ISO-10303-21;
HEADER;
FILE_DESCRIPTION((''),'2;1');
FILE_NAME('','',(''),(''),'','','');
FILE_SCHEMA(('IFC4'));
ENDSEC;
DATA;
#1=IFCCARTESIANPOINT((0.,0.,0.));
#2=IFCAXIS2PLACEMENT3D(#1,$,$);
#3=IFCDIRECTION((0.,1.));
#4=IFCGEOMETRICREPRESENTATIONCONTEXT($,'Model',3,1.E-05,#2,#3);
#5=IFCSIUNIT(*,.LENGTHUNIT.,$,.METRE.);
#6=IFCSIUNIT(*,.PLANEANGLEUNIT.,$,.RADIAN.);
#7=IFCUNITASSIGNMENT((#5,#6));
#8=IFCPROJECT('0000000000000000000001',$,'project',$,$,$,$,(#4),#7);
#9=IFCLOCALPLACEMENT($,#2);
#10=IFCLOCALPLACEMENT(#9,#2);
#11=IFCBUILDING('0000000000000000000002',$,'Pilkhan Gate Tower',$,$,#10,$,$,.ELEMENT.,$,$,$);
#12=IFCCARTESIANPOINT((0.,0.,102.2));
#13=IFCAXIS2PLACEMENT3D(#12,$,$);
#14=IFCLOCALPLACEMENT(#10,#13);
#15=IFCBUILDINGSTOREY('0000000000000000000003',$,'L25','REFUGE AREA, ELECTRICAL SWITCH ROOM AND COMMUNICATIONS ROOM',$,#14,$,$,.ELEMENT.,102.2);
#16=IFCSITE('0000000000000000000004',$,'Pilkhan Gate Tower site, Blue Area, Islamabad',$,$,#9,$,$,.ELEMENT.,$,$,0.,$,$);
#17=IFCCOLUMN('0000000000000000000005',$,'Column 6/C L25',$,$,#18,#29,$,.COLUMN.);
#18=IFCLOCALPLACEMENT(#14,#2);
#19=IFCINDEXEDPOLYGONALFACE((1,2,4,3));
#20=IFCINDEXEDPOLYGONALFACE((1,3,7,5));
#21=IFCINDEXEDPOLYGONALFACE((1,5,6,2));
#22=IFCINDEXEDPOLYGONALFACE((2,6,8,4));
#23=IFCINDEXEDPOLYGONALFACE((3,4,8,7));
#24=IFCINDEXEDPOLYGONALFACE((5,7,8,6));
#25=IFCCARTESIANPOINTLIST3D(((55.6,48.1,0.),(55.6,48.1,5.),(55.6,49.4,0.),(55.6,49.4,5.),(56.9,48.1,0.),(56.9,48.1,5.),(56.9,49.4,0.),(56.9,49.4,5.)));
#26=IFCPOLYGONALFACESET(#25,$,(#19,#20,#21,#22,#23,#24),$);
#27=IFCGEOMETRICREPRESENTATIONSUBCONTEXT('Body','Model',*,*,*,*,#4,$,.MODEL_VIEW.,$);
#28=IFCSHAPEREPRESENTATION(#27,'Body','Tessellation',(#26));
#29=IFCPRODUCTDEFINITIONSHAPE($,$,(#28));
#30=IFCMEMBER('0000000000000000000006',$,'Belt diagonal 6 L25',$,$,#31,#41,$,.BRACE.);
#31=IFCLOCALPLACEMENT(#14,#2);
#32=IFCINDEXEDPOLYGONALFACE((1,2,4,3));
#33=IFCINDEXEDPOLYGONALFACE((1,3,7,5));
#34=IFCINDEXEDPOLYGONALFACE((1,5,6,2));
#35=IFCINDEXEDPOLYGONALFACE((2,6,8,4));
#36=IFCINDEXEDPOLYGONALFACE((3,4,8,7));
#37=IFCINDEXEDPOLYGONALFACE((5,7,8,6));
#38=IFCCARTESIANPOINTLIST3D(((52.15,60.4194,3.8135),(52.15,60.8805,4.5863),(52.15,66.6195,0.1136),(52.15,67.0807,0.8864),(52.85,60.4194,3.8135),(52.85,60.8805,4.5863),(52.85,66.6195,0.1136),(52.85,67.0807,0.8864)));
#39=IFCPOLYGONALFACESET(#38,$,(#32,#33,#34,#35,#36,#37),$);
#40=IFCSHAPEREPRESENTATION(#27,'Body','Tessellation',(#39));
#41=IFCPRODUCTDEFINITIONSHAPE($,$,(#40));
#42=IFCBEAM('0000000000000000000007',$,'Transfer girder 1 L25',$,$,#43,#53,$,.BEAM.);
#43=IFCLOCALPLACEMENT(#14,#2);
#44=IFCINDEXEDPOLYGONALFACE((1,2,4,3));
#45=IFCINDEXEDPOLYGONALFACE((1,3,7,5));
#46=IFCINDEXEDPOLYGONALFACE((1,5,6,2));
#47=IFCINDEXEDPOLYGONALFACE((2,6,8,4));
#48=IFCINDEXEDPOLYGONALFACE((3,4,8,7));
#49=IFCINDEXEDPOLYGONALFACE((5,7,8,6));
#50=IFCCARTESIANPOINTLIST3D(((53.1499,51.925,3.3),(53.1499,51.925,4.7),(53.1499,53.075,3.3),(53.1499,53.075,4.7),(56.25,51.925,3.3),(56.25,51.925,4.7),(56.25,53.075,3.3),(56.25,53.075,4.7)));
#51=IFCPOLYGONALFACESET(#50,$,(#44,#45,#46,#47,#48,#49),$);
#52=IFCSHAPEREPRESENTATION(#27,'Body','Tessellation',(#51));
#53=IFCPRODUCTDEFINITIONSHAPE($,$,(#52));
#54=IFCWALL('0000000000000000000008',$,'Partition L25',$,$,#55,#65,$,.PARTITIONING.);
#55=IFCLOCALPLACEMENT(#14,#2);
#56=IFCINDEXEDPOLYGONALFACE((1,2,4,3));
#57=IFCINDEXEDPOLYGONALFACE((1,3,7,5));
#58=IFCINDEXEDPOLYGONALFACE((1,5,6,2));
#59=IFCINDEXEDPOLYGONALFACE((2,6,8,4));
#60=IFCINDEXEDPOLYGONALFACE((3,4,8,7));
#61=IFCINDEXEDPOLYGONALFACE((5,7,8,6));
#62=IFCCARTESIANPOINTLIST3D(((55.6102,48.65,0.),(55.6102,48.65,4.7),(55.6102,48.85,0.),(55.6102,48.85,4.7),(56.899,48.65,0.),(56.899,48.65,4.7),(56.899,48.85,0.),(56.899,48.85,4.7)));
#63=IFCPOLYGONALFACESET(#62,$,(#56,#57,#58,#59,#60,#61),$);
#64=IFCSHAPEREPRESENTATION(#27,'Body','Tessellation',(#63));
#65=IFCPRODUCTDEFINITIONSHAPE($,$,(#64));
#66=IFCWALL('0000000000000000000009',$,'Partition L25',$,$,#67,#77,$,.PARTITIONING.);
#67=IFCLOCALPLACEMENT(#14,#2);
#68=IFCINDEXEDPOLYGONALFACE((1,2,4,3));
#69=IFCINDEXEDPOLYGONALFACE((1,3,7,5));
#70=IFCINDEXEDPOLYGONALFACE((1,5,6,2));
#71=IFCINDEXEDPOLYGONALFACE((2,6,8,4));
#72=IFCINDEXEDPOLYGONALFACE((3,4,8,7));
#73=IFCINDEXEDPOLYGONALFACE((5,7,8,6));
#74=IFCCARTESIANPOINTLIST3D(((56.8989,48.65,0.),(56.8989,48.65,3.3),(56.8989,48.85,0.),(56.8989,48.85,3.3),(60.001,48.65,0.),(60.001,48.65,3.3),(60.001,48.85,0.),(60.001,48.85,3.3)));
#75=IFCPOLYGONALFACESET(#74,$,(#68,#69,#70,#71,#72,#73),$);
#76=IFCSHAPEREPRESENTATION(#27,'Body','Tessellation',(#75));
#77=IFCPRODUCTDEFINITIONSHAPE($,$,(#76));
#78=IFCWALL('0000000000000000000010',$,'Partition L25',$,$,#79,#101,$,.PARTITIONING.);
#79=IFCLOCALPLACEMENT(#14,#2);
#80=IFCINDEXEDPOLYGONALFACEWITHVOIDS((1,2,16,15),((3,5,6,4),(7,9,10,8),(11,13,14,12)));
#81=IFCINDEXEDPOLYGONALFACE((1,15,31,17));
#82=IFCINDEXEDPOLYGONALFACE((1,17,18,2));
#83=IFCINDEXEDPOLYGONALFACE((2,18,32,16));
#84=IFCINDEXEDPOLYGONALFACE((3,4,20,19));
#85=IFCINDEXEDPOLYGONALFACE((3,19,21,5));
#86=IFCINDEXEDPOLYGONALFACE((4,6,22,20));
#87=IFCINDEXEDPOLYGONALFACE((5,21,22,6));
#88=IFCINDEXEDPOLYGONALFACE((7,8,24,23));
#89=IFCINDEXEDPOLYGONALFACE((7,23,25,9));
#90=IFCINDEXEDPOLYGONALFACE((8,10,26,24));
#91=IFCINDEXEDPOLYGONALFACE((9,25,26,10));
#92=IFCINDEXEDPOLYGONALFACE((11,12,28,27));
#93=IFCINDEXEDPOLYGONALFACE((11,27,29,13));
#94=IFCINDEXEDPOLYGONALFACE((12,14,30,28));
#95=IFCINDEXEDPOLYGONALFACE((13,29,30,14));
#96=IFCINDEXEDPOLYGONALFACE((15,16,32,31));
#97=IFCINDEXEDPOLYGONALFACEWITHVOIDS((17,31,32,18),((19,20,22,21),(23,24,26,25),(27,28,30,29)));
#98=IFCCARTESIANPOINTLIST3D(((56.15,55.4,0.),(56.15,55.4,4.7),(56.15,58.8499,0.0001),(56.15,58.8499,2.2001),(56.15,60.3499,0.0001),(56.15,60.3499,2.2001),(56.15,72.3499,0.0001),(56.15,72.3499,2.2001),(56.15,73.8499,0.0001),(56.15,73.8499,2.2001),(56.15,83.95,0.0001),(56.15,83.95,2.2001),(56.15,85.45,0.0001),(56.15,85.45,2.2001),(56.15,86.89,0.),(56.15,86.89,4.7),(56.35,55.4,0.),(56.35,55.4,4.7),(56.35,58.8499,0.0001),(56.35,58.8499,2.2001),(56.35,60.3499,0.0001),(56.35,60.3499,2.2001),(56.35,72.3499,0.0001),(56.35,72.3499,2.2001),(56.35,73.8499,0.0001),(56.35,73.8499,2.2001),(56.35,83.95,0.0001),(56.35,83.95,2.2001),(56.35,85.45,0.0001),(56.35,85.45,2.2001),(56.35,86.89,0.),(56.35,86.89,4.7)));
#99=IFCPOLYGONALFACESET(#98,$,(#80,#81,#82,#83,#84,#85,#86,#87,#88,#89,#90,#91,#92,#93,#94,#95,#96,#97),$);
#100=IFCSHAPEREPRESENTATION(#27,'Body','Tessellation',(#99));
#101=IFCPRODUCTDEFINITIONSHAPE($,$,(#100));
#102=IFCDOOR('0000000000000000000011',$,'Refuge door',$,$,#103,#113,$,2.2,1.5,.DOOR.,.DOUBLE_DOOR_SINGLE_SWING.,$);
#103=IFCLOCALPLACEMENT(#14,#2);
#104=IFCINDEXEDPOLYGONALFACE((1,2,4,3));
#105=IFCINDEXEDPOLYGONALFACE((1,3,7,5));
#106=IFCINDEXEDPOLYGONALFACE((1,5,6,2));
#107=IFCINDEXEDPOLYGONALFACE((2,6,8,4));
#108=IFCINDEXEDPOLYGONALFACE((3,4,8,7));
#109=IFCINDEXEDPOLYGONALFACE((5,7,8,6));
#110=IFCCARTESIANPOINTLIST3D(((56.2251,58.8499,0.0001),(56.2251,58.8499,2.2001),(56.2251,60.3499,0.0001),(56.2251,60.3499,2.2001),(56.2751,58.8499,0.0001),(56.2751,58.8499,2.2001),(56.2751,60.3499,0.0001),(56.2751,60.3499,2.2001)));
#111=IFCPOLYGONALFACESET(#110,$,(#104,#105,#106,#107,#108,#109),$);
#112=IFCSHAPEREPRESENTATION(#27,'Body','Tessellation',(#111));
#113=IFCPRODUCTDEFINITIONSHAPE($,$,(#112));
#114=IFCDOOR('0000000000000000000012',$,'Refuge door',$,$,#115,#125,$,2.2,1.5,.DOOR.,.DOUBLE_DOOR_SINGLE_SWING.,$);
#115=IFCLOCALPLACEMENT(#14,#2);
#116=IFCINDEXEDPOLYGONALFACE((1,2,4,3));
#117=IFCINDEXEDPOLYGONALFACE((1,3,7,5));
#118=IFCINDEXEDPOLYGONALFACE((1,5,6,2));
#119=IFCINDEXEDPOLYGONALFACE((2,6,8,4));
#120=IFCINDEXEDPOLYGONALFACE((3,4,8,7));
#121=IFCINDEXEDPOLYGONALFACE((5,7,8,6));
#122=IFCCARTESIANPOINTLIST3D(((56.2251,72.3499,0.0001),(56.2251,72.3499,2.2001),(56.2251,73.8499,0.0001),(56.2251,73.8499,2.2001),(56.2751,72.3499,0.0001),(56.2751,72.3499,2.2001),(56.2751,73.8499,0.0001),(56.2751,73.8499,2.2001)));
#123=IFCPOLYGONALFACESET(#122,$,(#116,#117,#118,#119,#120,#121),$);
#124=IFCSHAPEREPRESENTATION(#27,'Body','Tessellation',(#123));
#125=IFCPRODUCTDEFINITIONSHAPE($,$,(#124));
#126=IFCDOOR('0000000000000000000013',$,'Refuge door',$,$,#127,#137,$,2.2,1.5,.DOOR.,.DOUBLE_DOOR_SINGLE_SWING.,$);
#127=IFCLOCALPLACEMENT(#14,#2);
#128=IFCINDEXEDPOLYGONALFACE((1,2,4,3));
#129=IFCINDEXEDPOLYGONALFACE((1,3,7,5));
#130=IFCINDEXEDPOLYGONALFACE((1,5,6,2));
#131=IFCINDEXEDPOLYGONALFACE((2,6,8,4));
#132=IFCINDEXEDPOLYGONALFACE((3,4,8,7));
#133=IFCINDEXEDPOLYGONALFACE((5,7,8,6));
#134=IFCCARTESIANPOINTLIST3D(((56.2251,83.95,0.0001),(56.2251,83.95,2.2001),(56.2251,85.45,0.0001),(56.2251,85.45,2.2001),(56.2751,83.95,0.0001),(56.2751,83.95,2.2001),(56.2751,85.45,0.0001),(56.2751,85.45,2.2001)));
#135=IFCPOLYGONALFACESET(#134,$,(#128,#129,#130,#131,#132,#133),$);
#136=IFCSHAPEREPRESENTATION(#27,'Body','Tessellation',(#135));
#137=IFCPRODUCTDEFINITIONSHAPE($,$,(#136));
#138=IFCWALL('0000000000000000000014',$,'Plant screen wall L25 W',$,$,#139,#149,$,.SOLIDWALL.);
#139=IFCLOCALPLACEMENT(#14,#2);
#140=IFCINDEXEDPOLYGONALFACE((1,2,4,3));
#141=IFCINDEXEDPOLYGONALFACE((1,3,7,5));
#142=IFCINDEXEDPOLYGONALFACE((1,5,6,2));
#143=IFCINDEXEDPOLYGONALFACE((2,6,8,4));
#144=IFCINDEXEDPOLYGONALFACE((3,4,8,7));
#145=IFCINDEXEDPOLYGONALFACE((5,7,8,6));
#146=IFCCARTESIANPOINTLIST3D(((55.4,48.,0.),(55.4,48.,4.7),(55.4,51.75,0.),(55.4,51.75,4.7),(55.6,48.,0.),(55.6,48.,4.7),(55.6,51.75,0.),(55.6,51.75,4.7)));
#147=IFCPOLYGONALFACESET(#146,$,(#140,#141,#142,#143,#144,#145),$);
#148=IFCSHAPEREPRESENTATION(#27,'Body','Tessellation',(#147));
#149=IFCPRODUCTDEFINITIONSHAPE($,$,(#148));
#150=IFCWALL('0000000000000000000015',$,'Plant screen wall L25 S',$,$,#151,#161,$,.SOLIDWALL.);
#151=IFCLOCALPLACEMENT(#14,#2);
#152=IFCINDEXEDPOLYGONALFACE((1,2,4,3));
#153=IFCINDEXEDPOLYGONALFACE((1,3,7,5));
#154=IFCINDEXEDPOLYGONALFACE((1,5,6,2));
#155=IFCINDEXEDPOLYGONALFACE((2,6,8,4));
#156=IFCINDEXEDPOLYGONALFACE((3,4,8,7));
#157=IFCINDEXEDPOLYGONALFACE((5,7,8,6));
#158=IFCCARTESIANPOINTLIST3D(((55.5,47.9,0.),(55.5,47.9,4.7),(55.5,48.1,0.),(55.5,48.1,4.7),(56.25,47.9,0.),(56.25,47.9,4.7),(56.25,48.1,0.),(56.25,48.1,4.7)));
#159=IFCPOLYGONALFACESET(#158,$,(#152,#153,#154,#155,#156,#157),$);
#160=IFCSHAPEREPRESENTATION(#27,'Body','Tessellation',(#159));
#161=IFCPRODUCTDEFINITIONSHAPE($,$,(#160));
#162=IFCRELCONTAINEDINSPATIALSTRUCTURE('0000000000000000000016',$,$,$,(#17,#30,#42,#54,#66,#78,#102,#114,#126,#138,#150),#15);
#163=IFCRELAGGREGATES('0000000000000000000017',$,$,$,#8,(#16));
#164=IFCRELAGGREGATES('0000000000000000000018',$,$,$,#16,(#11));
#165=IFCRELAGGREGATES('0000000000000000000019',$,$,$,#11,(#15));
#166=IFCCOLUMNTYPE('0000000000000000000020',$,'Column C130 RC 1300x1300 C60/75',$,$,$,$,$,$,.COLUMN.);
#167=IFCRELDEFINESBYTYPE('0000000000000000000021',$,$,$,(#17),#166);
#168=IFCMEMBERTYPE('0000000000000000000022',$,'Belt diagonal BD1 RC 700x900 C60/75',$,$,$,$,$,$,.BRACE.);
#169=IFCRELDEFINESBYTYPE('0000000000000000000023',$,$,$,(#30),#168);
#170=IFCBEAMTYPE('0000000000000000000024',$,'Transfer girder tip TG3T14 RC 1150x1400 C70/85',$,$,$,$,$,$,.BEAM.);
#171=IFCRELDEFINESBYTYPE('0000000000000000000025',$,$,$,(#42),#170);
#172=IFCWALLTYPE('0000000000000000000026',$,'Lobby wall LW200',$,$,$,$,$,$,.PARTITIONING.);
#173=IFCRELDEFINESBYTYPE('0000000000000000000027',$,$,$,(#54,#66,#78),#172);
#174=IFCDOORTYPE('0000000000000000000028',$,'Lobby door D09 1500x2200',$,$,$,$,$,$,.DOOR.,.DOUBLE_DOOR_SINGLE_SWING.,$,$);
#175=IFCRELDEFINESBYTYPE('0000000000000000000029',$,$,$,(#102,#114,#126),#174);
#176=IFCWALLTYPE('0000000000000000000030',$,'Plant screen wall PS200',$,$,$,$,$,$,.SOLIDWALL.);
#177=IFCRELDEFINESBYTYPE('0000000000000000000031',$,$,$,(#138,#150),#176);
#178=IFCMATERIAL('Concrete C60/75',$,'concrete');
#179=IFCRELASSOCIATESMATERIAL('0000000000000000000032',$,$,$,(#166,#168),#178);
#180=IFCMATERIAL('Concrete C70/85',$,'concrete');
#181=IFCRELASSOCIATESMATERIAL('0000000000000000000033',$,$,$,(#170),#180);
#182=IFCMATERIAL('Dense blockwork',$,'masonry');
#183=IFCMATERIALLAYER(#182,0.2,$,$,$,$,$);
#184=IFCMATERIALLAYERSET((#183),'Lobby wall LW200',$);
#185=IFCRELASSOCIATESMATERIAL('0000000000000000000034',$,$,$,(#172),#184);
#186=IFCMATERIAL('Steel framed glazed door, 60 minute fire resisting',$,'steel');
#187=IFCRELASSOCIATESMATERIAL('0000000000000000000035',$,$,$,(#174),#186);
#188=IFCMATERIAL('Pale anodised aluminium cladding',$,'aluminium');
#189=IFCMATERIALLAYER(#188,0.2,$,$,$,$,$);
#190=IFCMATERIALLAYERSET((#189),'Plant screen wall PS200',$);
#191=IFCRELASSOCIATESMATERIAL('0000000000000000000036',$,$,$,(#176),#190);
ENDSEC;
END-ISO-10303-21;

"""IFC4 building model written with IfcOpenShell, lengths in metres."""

from ifc_helpers import new_model, si_unit, direction, frame, frame_2d, origin, origin_2d, place, context, subcontext, project, spatial, rectangle, extrude, material, layer, layer_set, material_profile, profile_set, type_object, element, fill, save


model = new_model("IFC4")

# Units and contexts
model_context = context("Model", 3, precision=1e-05, world=origin(), true_north=direction((0.0, 1.0)))
body_context = subcontext(model_context, "Body", "Model", "MODEL_VIEW")
ifc_project = project(units=[si_unit("LENGTHUNIT", "METRE"), si_unit("PLANEANGLEUNIT", "RADIAN")], contexts=[model_context])

# Site, building, storey
site_placement = place(None, origin())
site = spatial("IfcSite", under=ifc_project, at=site_placement, Name="Pilkhan Gate Tower site, Blue Area, Islamabad", CompositionType="ELEMENT", RefElevation=0.0)
building_placement = place(site_placement, origin())
building = spatial("IfcBuilding", under=site, at=building_placement, Name="Pilkhan Gate Tower", CompositionType="ELEMENT")
storey_placement = place(building_placement, frame((0.0, 0.0, 102.2)))
storey = spatial("IfcBuildingStorey", under=building, at=storey_placement, Name="L25", Description="REFUGE AREA, ELECTRICAL SWITCH ROOM AND COMMUNICATIONS ROOM", CompositionType="ELEMENT", Elevation=102.2)

# Column
ifc_material_1 = material(Name="Concrete C60/75", Category="concrete")
ifc_material_profile_1 = material_profile(ifc_material_1, rectangle(XDim=1.3, YDim=1.3, at=origin_2d()), Name="RC 1300x1300")
ifc_profile_set_1 = profile_set([ifc_material_profile_1], Name="Concrete C60/75")
column_type = type_object("IfcColumnType", Name="Column C130 RC 1300x1300 C60/75", PredefinedType="COLUMN", material=ifc_profile_set_1)
column_placement = place(storey_placement, frame((56.25, 48.75, 0.0), z_axis=(0.0, 0.0, 1.0), x_axis=(1.0, 0.0, 0.0)))
element("IfcColumn", 1, at=column_placement, inside=storey, type_object=column_type, Name="Column 6/C L25", PredefinedType="COLUMN", context=body_context, shape_type="SweptSolid", body=[
    extrude(rectangle(XDim=1.3, YDim=1.3, at=origin_2d()), origin(), (0.0, 0.0, 1.0), 5.0),
])

# Member
ifc_material_profile_2 = material_profile(ifc_material_1, rectangle(XDim=0.7, YDim=0.8999, at=origin_2d()), Name="RC 700x900")
ifc_profile_set_2 = profile_set([ifc_material_profile_2], Name="Concrete C60/75")
member_type = type_object("IfcMemberType", Name="Belt diagonal BD1 RC 700x900 C60/75", PredefinedType="BRACE", material=ifc_profile_set_2)
member_placement = place(storey_placement, frame((52.5, 66.8501, 0.5), z_axis=(0.0, -0.858723, 0.512441), x_axis=(1.0, 0.0, 0.0)))
element("IfcMember", 2, at=member_placement, inside=storey, type_object=member_type, Name="Belt diagonal 6 L25", PredefinedType="BRACE", context=body_context, shape_type="SweptSolid", body=[
    extrude(rectangle(XDim=0.7, YDim=0.8999, at=origin_2d()), origin(), (0.0, 0.0, 1.0), 7.2202),
])

# Beam
ifc_material_2 = material(Name="Concrete C70/85", Category="concrete")
ifc_material_profile_3 = material_profile(ifc_material_2, rectangle(XDim=1.1499, YDim=1.3999, at=origin_2d()), Name="RC 1150x1400")
ifc_profile_set_3 = profile_set([ifc_material_profile_3], Name="Concrete C70/85")
beam_type = type_object("IfcBeamType", Name="Transfer girder tip TG3T14 RC 1150x1400 C70/85", PredefinedType="BEAM", material=ifc_profile_set_3)
beam_placement = place(storey_placement, frame((56.25, 52.5, 4.0), z_axis=(-1.0, 0.0, 0.0), x_axis=(0.0, -1.0, 0.0)))
element("IfcBeam", 3, at=beam_placement, inside=storey, type_object=beam_type, Name="Transfer girder 1 L25", PredefinedType="BEAM", context=body_context, shape_type="SweptSolid", body=[
    extrude(rectangle(XDim=1.1499, YDim=1.3999, at=origin_2d()), origin(), (0.0, 0.0, 1.0), 3.1001),
])

# Walls
ifc_material_3 = material(Name="Dense blockwork", Category="masonry")
ifc_layer_1 = layer(ifc_material_3, 0.2)
ifc_layer_set_1 = layer_set([ifc_layer_1], Name="Lobby wall LW200")
wall_type_1 = type_object("IfcWallType", Name="Lobby wall LW200", PredefinedType="PARTITIONING", material=ifc_layer_set_1)
wall_1_placement = place(storey_placement, frame((55.6101, 48.75, 0.0), z_axis=(0.0, 0.0, 1.0), x_axis=(1.0, 0.0, 0.0)))
element("IfcWall", 4, at=wall_1_placement, inside=storey, type_object=wall_type_1, Name="Partition L25", PredefinedType="PARTITIONING", context=body_context, shape_type="SweptSolid", body=[
    extrude(rectangle(XDim=1.2888, YDim=0.2, at=frame_2d((0.6445, 0.0))), origin(), (0.0, 0.0, 1.0), 4.7),
])
wall_2_placement = place(storey_placement, frame((56.8989, 48.75, 0.0), z_axis=(0.0, 0.0, 1.0), x_axis=(1.0, 0.0, 0.0)))
element("IfcWall", 5, at=wall_2_placement, inside=storey, type_object=wall_type_1, Name="Partition L25", PredefinedType="PARTITIONING", context=body_context, shape_type="SweptSolid", body=[
    extrude(rectangle(XDim=3.1021, YDim=0.2, at=frame_2d((1.551, 0.0))), origin(), (0.0, 0.0, 1.0), 3.3),
])

# Wall, openings, doors
wall_3_placement = place(storey_placement, frame((56.25, 55.3999, 0.0), z_axis=(0.0, 0.0, 1.0), x_axis=(0.0, 1.0, 0.0)))
wall_3 = element("IfcWall", 6, at=wall_3_placement, inside=storey, type_object=wall_type_1, Name="Partition L25", PredefinedType="PARTITIONING", context=body_context, shape_type="SweptSolid", body=[
    extrude(rectangle(XDim=31.49, YDim=0.2, at=frame_2d((15.7451, 0.0))), origin(), (0.0, 0.0, 1.0), 4.7),
])
opening_1_placement = place(wall_3_placement, frame((3.45, 0.0, 0.0)))
opening_1 = element("IfcOpeningElement", 7, at=opening_1_placement, cuts=wall_3, PredefinedType="OPENING", context=body_context, shape_type="SweptSolid", body=[
    extrude(rectangle(XDim=1.5, YDim=2.2, at=frame_2d((0.75, 1.1001))), frame((0.0, 0.1099, 0.0), z_axis=(0.0, -1.0, 0.0), x_axis=(1.0, 0.0, 0.0)), (0.0, 0.0, 1.0), 0.22),
])
opening_2_placement = place(wall_3_placement, frame((16.95, 0.0, 0.0)))
opening_2 = element("IfcOpeningElement", 8, at=opening_2_placement, cuts=wall_3, PredefinedType="OPENING", context=body_context, shape_type="SweptSolid", body=[
    extrude(rectangle(XDim=1.5, YDim=2.2, at=frame_2d((0.75, 1.1001))), frame((0.0, 0.1099, 0.0), z_axis=(0.0, -1.0, 0.0), x_axis=(1.0, 0.0, 0.0)), (0.0, 0.0, 1.0), 0.22),
])
opening_3_placement = place(wall_3_placement, frame((28.55, 0.0, 0.0)))
opening_3 = element("IfcOpeningElement", 9, at=opening_3_placement, cuts=wall_3, PredefinedType="OPENING", context=body_context, shape_type="SweptSolid", body=[
    extrude(rectangle(XDim=1.5, YDim=2.2, at=frame_2d((0.75, 1.1001))), frame((0.0, 0.1099, 0.0), z_axis=(0.0, -1.0, 0.0), x_axis=(1.0, 0.0, 0.0)), (0.0, 0.0, 1.0), 0.22),
])
ifc_material_4 = material(Name="Steel framed glazed door, 60 minute fire resisting", Category="steel")
door_type_1 = type_object("IfcDoorType", Name="Lobby door D09 1500x2200", OperationType="DOUBLE_DOOR_SINGLE_SWING", PredefinedType="DOOR", material=ifc_material_4)
door_1_placement = place(opening_1_placement, origin())
door_1 = element("IfcDoor", 10, at=door_1_placement, inside=storey, type_object=door_type_1, Name="Refuge door", OperationType="DOUBLE_DOOR_SINGLE_SWING", OverallHeight=2.2, OverallWidth=1.5, PredefinedType="DOOR", context=body_context, shape_type="SweptSolid", body=[
    extrude(rectangle(XDim=1.5, YDim=2.2, at=frame_2d((0.75, 1.1001))), frame((0.0, 0.0249, 0.0), z_axis=(0.0, -1.0, 0.0), x_axis=(1.0, 0.0, 0.0)), (0.0, 0.0, 1.0), 0.05),
])
fill(opening_1, door_1)
door_2_placement = place(opening_2_placement, origin())
door_2 = element("IfcDoor", 11, at=door_2_placement, inside=storey, type_object=door_type_1, Name="Refuge door", OperationType="DOUBLE_DOOR_SINGLE_SWING", OverallHeight=2.2, OverallWidth=1.5, PredefinedType="DOOR", context=body_context, shape_type="SweptSolid", body=[
    extrude(rectangle(XDim=1.5, YDim=2.2, at=frame_2d((0.75, 1.1001))), frame((0.0, 0.0249, 0.0), z_axis=(0.0, -1.0, 0.0), x_axis=(1.0, 0.0, 0.0)), (0.0, 0.0, 1.0), 0.05),
])
fill(opening_2, door_2)
door_3_placement = place(opening_3_placement, origin())
door_3 = element("IfcDoor", 12, at=door_3_placement, inside=storey, type_object=door_type_1, Name="Refuge door", OperationType="DOUBLE_DOOR_SINGLE_SWING", OverallHeight=2.2, OverallWidth=1.5, PredefinedType="DOOR", context=body_context, shape_type="SweptSolid", body=[
    extrude(rectangle(XDim=1.5, YDim=2.2, at=frame_2d((0.75, 1.1001))), frame((0.0, 0.0249, 0.0), z_axis=(0.0, -1.0, 0.0), x_axis=(1.0, 0.0, 0.0)), (0.0, 0.0, 1.0), 0.05),
])
fill(opening_3, door_3)

# Shared definitions
ifc_material_5 = material(Name="Pale anodised aluminium cladding", Category="aluminium")
ifc_layer_2 = layer(ifc_material_5, 0.2)
ifc_layer_set_2 = layer_set([ifc_layer_2], Name="Plant screen wall PS200")
wall_type_2 = type_object("IfcWallType", Name="Plant screen wall PS200", PredefinedType="SOLIDWALL", material=ifc_layer_set_2)

# Walls
wall_4_placement = place(storey_placement, frame((55.5, 48.0, 0.0), z_axis=(0.0, 0.0, 1.0), x_axis=(0.0, 1.0, 0.0)))
element("IfcWall", 13, at=wall_4_placement, inside=storey, type_object=wall_type_2, Name="Plant screen wall L25 W", PredefinedType="SOLIDWALL", context=body_context, shape_type="SweptSolid", body=[
    extrude(rectangle(XDim=3.75, YDim=0.2, at=frame_2d((1.875, 0.0))), origin(), (0.0, 0.0, 1.0), 4.7),
])
wall_5_placement = place(storey_placement, frame((55.5, 48.0, 0.0), z_axis=(0.0, 0.0, 1.0), x_axis=(1.0, 0.0, 0.0)))
element("IfcWall", 14, at=wall_5_placement, inside=storey, type_object=wall_type_2, Name="Plant screen wall L25 S", PredefinedType="SOLIDWALL", context=body_context, shape_type="SweptSolid", body=[
    extrude(rectangle(XDim=0.75, YDim=0.2, at=frame_2d((0.375, 0.0))), origin(), (0.0, 0.0, 1.0), 4.7),
])

save(model, "model.ifc")
